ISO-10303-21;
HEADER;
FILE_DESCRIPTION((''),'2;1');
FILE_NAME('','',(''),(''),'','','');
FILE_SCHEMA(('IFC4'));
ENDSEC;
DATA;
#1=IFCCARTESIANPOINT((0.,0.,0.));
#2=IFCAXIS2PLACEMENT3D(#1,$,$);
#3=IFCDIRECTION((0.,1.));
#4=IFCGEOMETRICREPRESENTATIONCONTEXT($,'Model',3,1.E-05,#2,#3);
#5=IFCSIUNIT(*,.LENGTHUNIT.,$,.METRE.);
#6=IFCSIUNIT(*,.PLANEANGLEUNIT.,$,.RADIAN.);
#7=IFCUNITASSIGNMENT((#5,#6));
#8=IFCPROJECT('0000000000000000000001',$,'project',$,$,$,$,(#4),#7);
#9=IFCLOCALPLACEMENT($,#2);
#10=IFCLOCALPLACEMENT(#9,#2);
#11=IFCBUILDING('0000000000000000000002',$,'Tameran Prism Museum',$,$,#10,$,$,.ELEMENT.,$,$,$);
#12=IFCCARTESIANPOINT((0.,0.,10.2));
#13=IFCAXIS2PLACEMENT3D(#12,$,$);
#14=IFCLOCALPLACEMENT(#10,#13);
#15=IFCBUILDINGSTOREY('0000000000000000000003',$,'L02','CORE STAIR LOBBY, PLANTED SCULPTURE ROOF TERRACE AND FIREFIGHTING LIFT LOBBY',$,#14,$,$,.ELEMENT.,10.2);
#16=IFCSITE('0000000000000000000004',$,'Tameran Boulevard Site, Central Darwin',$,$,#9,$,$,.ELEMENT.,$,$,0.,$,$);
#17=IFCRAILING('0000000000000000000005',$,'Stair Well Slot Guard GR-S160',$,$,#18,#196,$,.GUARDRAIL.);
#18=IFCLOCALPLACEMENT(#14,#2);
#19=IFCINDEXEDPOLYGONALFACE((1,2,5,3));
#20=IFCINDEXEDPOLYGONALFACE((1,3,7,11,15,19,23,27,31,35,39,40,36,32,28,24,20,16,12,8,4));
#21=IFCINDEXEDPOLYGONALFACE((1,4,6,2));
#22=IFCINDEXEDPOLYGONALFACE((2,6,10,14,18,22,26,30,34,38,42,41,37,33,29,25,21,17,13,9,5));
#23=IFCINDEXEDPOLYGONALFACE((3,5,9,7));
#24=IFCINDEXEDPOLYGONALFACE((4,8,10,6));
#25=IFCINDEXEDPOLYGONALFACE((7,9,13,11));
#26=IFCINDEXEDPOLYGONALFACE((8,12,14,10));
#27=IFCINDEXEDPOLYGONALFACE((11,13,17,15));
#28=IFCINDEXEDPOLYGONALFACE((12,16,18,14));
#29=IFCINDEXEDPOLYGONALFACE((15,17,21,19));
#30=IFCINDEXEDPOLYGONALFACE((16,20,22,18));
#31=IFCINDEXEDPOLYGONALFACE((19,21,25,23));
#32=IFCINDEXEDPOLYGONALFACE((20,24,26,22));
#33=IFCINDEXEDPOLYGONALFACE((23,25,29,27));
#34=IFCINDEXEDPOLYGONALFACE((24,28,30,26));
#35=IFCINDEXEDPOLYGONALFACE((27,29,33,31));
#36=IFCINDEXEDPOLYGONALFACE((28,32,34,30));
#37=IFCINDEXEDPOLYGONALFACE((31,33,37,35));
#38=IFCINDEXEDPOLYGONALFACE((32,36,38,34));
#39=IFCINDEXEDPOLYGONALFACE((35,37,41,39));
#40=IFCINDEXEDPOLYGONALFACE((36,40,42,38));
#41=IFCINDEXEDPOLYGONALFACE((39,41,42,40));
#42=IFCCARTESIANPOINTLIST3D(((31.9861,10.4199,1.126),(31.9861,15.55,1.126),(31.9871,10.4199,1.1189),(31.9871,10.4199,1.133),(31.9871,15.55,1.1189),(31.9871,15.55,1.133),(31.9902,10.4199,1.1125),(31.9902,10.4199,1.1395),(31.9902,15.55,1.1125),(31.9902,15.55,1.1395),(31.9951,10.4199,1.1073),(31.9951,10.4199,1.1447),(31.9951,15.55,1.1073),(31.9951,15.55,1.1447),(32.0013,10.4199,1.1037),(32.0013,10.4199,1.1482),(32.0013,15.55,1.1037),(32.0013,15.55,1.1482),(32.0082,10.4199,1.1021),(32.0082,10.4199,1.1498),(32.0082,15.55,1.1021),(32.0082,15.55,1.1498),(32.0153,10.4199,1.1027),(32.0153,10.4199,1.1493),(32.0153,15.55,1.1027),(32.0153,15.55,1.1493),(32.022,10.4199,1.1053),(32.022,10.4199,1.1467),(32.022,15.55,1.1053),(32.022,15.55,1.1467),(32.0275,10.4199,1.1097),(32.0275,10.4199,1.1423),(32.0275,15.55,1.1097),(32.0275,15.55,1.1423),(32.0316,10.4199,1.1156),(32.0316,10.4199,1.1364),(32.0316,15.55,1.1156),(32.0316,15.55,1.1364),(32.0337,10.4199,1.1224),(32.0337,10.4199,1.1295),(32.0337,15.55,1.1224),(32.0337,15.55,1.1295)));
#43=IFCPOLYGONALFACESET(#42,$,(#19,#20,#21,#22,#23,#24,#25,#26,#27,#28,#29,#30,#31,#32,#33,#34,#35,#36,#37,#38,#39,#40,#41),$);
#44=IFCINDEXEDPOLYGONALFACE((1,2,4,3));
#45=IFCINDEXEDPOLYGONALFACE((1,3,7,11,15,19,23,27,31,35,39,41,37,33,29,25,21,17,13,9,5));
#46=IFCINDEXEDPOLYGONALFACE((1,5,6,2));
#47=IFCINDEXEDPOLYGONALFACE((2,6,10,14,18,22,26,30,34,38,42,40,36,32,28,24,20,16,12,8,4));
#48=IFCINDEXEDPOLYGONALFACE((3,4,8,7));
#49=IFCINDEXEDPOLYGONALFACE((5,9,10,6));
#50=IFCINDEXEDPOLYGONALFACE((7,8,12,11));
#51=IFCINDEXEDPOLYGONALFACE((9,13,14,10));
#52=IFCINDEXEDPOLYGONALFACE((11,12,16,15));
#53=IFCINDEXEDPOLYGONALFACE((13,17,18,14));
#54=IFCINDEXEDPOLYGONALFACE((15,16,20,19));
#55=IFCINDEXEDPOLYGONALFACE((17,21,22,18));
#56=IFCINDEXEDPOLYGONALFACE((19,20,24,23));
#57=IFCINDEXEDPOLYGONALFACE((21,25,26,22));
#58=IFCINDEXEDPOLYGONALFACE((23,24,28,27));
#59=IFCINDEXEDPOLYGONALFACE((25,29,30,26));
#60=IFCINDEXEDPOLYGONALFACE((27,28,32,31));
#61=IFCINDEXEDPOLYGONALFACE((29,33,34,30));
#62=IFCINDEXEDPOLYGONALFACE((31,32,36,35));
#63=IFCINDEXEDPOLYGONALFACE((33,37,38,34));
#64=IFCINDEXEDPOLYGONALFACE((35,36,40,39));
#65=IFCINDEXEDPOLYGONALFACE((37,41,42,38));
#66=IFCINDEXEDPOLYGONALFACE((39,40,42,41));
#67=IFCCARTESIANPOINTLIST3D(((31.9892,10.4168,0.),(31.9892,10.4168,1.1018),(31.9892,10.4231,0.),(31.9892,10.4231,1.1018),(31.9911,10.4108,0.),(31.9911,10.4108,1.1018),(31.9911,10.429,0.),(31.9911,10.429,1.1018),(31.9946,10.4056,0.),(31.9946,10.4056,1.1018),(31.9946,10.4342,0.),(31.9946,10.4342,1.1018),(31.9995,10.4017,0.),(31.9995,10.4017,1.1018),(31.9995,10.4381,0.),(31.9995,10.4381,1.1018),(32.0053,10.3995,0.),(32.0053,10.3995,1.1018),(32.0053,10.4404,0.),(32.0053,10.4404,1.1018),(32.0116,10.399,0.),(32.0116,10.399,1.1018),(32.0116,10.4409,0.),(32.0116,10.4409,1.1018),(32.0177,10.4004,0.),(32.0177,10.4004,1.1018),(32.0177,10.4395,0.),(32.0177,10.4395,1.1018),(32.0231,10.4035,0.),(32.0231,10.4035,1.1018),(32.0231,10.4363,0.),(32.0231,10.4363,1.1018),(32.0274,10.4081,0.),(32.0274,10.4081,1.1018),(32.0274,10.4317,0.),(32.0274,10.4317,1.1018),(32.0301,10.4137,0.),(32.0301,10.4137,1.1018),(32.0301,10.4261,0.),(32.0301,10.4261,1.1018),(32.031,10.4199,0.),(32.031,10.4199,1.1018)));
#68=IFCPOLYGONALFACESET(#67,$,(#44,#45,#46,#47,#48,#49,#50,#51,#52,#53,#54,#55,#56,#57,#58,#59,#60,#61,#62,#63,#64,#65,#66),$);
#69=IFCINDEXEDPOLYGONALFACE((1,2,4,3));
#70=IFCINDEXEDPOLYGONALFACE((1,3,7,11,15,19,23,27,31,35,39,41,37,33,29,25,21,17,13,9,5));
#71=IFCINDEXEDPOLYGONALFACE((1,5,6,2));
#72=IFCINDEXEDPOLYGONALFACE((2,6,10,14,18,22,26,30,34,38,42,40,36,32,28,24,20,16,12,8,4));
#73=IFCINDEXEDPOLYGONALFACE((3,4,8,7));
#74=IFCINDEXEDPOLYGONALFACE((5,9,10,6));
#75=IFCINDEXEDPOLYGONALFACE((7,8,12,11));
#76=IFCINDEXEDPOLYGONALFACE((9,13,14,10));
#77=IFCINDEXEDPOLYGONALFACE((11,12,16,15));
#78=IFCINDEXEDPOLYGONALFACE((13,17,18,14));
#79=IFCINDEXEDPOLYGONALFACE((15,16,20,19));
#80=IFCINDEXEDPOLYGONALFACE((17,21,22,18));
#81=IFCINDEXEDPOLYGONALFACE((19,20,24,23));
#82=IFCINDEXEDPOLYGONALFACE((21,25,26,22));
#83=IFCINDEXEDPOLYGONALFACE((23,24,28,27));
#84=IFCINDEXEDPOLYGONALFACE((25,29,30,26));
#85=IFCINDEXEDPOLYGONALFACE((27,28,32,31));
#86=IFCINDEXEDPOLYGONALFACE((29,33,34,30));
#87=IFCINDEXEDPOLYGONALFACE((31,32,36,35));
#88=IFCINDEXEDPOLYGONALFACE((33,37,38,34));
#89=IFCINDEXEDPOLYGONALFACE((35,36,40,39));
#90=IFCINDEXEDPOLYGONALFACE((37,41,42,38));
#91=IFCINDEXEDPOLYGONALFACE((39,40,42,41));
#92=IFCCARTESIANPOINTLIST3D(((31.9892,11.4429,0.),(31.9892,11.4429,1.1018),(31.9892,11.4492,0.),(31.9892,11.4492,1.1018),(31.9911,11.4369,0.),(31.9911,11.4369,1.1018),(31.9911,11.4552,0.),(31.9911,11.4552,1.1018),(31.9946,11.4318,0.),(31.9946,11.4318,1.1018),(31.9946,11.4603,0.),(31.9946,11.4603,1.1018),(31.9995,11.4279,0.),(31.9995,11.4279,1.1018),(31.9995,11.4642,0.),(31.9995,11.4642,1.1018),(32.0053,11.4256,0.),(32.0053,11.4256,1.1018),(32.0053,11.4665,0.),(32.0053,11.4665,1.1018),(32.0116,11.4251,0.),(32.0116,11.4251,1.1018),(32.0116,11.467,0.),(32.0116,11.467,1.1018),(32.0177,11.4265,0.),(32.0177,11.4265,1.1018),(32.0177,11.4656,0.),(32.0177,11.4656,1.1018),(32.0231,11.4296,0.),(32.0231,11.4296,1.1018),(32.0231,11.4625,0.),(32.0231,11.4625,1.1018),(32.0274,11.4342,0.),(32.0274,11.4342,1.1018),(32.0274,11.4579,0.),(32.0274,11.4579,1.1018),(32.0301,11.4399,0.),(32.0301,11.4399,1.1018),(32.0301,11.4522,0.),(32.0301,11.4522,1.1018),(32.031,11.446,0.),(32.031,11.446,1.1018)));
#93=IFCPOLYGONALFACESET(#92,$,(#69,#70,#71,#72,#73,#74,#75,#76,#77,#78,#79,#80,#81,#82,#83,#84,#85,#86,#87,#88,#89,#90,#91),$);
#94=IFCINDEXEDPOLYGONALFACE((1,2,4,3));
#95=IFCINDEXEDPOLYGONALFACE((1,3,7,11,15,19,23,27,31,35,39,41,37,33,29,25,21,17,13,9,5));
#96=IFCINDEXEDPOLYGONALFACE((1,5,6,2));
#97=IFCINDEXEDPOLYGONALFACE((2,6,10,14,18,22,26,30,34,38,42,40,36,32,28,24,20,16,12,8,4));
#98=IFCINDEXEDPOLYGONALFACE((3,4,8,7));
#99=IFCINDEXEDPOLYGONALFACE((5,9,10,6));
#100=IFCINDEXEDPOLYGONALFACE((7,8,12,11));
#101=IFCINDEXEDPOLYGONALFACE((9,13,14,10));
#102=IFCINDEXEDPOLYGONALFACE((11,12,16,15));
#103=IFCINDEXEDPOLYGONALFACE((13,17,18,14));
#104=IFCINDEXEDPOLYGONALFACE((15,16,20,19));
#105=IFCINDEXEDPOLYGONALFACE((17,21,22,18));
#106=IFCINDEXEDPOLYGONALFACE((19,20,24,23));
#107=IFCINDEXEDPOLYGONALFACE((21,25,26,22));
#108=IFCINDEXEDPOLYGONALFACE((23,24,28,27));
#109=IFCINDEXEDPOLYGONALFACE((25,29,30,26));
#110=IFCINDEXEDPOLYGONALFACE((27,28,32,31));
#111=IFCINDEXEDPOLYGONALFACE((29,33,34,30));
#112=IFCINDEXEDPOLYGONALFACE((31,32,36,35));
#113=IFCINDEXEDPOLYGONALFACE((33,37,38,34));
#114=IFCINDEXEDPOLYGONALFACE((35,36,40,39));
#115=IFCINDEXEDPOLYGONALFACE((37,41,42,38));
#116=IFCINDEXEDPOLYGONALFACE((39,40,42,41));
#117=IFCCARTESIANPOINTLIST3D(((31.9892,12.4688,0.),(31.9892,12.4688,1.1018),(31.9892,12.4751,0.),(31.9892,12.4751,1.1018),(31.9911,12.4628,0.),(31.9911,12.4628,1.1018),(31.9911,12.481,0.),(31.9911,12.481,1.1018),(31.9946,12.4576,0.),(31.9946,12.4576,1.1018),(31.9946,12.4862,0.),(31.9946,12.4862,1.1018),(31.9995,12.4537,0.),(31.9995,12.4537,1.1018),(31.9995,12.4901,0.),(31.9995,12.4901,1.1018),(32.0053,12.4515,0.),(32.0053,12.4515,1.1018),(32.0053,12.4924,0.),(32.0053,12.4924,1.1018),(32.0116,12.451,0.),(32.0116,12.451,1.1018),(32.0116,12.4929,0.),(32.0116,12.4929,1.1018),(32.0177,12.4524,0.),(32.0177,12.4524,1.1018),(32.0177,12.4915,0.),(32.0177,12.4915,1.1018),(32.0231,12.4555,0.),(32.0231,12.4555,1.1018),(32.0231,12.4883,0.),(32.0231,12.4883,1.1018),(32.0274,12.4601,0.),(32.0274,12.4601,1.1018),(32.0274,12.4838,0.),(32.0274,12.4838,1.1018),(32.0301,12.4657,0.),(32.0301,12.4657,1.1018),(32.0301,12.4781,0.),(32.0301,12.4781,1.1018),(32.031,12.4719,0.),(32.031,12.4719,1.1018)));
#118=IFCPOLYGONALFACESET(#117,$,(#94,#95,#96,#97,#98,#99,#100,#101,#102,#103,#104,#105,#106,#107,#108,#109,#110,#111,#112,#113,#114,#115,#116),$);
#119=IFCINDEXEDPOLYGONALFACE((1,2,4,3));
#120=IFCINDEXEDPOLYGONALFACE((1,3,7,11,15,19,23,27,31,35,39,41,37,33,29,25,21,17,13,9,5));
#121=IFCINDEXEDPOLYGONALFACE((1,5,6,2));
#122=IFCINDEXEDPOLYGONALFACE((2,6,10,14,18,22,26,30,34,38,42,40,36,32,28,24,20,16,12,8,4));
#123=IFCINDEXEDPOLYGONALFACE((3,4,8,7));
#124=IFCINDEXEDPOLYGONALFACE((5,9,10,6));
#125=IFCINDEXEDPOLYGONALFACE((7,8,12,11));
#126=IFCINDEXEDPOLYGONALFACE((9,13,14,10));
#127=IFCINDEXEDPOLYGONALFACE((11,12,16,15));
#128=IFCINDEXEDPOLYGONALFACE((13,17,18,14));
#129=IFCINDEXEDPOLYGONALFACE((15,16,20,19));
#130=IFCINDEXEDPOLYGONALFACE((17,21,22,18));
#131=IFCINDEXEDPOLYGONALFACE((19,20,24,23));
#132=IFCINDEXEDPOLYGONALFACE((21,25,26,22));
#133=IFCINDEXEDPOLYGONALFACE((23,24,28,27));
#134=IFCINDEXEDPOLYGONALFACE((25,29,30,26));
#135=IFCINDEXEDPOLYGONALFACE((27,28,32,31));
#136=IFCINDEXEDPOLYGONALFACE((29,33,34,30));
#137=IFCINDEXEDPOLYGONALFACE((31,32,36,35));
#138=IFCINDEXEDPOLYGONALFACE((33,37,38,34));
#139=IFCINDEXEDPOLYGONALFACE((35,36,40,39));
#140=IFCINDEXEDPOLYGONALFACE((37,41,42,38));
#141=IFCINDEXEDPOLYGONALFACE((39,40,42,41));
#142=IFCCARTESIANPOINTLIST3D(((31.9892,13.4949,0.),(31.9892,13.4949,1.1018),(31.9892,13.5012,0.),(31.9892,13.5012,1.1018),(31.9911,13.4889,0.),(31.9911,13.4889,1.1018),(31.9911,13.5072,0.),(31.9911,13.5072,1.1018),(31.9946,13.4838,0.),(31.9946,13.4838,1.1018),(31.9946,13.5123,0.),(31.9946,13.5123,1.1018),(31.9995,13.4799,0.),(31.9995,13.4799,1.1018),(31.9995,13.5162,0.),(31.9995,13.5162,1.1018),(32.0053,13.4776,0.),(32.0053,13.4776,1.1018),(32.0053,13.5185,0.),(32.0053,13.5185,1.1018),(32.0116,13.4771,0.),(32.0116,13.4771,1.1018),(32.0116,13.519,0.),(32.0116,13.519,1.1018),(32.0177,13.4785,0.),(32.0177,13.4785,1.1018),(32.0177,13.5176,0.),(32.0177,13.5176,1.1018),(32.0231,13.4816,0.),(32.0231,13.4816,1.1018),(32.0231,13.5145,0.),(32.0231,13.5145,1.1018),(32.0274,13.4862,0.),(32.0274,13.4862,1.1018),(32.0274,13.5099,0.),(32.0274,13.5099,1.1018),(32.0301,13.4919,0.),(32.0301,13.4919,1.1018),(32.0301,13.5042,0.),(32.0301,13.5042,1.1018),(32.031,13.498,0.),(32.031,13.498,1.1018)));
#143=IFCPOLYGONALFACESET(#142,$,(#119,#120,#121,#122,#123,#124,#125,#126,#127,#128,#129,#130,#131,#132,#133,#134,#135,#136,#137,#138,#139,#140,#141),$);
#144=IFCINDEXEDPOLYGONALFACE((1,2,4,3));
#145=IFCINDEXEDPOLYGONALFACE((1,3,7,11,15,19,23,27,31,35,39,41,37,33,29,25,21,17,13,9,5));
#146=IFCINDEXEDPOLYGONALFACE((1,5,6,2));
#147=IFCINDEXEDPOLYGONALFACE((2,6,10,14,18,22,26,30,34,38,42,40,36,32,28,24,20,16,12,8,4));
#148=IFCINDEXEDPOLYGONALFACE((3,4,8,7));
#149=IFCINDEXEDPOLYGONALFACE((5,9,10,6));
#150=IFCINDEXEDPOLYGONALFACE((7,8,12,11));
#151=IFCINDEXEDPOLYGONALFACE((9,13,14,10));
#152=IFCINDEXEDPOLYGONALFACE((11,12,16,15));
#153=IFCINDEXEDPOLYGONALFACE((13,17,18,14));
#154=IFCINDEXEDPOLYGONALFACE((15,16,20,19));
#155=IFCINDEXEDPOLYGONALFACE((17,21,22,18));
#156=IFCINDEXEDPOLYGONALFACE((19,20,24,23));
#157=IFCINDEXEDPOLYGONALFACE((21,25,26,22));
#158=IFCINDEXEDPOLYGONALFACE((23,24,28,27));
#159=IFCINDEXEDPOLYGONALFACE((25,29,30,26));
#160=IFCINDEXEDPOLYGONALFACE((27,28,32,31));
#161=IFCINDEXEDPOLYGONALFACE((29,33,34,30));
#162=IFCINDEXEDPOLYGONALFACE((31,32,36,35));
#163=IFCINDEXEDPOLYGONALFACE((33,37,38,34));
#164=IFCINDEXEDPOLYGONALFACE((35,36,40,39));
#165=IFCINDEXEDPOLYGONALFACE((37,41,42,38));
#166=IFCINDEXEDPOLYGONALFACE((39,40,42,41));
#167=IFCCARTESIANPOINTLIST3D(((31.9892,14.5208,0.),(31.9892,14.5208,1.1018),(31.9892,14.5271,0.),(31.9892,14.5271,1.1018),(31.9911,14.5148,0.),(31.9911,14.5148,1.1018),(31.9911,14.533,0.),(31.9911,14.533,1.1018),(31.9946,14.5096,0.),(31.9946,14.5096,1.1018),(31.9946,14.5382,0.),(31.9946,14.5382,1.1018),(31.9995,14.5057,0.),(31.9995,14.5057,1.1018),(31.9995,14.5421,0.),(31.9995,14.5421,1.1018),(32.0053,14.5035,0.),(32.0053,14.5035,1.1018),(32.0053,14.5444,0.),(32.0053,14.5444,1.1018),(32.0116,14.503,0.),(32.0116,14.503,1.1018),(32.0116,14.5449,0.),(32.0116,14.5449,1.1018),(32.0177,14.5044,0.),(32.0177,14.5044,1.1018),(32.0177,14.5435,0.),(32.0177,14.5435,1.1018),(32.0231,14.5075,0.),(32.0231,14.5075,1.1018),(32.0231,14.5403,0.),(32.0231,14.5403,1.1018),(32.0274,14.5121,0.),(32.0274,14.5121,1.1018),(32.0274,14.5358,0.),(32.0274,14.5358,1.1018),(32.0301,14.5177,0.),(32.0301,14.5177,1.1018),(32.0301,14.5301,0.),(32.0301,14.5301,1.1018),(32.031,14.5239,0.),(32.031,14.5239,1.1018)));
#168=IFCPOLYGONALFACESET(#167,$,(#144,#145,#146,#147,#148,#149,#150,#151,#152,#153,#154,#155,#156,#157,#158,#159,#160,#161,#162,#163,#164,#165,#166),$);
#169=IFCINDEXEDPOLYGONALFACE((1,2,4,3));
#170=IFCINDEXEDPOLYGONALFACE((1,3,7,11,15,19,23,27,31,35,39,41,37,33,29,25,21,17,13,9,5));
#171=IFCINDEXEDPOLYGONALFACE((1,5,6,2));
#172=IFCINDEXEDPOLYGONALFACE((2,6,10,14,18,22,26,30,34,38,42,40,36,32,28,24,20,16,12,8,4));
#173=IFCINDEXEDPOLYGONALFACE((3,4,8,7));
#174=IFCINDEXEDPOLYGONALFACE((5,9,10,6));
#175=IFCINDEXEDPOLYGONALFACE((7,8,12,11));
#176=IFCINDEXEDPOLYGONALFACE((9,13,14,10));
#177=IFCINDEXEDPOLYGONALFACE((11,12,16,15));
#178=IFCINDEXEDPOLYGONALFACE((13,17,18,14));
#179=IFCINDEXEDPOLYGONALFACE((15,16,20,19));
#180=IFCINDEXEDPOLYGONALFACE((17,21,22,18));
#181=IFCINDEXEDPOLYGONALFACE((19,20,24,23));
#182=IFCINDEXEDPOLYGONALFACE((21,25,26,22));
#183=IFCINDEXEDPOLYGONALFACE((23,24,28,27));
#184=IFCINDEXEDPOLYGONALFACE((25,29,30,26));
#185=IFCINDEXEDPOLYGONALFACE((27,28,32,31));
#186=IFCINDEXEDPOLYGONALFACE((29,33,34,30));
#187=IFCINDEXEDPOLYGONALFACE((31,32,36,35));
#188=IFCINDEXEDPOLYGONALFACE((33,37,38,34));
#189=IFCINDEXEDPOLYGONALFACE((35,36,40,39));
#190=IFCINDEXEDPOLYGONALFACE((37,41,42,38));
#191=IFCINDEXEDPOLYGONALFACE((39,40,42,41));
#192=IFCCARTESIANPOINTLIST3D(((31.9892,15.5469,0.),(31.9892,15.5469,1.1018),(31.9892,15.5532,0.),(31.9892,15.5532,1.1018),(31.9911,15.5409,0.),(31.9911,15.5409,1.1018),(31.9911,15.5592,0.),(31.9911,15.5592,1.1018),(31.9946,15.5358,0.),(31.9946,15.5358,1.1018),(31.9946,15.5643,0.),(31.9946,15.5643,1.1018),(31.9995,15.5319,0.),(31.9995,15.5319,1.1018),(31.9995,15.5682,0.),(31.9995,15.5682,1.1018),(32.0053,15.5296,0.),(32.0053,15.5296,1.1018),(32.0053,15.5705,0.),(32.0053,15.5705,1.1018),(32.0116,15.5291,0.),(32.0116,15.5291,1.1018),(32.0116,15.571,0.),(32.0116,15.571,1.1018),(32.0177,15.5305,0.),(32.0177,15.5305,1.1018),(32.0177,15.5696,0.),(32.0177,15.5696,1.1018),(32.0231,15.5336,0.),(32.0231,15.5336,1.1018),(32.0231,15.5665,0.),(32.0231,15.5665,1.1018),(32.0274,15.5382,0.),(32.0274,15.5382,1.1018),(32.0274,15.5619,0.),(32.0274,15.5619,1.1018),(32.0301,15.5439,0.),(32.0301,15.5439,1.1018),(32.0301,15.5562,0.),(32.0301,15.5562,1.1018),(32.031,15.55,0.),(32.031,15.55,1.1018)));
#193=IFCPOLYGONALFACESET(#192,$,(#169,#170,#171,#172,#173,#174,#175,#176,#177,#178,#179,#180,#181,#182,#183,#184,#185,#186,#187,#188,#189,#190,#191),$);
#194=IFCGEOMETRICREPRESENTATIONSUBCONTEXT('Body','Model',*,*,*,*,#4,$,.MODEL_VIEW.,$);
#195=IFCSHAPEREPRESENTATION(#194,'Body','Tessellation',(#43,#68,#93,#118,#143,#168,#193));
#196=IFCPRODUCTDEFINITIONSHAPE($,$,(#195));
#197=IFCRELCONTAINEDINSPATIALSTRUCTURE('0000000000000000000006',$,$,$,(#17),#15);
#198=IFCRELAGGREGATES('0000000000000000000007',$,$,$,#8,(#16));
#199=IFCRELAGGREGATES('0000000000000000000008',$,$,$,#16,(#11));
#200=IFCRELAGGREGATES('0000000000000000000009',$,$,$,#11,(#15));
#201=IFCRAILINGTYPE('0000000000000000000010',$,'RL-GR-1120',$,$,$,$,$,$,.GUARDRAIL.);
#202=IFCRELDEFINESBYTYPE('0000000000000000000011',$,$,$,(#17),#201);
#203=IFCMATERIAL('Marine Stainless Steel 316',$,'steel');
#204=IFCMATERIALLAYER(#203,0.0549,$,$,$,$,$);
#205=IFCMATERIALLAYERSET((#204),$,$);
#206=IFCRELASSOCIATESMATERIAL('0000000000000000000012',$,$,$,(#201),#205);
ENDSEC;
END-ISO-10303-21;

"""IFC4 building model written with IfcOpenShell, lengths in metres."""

from ifc_helpers import new_model, si_unit, direction, frame, origin, origin_2d, place, context, subcontext, project, spatial, circle, extrude, material, layer, layer_set, type_object, element, save


model = new_model("IFC4")

# Units and contexts
model_context = context("Model", 3, precision=1e-05, world=origin(), true_north=direction((0.0, 1.0)))
body_context = subcontext(model_context, "Body", "Model", "MODEL_VIEW")
ifc_project = project(units=[si_unit("LENGTHUNIT", "METRE"), si_unit("PLANEANGLEUNIT", "RADIAN")], contexts=[model_context])

# Site, building, storey
site_placement = place(None, origin())
site = spatial("IfcSite", under=ifc_project, at=site_placement, Name="Tameran Boulevard Site, Central Darwin", CompositionType="ELEMENT", RefElevation=0.0)
building_placement = place(site_placement, origin())
building = spatial("IfcBuilding", under=site, at=building_placement, Name="Tameran Prism Museum", CompositionType="ELEMENT")
storey_placement = place(building_placement, frame((0.0, 0.0, 10.2)))
storey = spatial("IfcBuildingStorey", under=building, at=storey_placement, Name="L02", Description="CORE STAIR LOBBY, PLANTED SCULPTURE ROOF TERRACE AND FIREFIGHTING LIFT LOBBY", CompositionType="ELEMENT", Elevation=10.2)

# Railing
ifc_material_1 = material(Name="Marine Stainless Steel 316", Category="steel")
ifc_layer_1 = layer(ifc_material_1, 0.0549)
ifc_layer_set_1 = layer_set([ifc_layer_1])
railing_type = type_object("IfcRailingType", Name="RL-GR-1120", PredefinedType="GUARDRAIL", material=ifc_layer_set_1)
railing_placement = place(storey_placement, frame((32.01, 10.4199, 0.0)))
element("IfcRailing", 1, at=railing_placement, inside=storey, type_object=railing_type, Name="Stair Well Slot Guard GR-S160", PredefinedType="GUARDRAIL", context=body_context, shape_type="SweptSolid", body=[
    extrude(circle(Radius=0.0239, at=origin_2d()), frame((0.0, 0.0, 1.126), z_axis=(0.0, 1.0, 0.0), x_axis=(-1.0, 0.0, 0.0)), (0.0, 0.0, 1.0), 5.1301),
    extrude(circle(Radius=0.021, at=origin_2d()), origin(), (0.0, 0.0, 1.0), 1.1018),
    extrude(circle(Radius=0.021, at=origin_2d()), frame((0.0, 1.0261, 0.0)), (0.0, 0.0, 1.0), 1.1018),
    extrude(circle(Radius=0.021, at=origin_2d()), frame((0.0, 2.052, 0.0)), (0.0, 0.0, 1.0), 1.1018),
    extrude(circle(Radius=0.021, at=origin_2d()), frame((0.0, 3.0781, 0.0)), (0.0, 0.0, 1.0), 1.1018),
    extrude(circle(Radius=0.021, at=origin_2d()), frame((0.0, 4.104, 0.0)), (0.0, 0.0, 1.0), 1.1018),
    extrude(circle(Radius=0.021, at=origin_2d()), frame((0.0, 5.1301, 0.0)), (0.0, 0.0, 1.0), 1.1018),
])

save(model, "model.ifc")
